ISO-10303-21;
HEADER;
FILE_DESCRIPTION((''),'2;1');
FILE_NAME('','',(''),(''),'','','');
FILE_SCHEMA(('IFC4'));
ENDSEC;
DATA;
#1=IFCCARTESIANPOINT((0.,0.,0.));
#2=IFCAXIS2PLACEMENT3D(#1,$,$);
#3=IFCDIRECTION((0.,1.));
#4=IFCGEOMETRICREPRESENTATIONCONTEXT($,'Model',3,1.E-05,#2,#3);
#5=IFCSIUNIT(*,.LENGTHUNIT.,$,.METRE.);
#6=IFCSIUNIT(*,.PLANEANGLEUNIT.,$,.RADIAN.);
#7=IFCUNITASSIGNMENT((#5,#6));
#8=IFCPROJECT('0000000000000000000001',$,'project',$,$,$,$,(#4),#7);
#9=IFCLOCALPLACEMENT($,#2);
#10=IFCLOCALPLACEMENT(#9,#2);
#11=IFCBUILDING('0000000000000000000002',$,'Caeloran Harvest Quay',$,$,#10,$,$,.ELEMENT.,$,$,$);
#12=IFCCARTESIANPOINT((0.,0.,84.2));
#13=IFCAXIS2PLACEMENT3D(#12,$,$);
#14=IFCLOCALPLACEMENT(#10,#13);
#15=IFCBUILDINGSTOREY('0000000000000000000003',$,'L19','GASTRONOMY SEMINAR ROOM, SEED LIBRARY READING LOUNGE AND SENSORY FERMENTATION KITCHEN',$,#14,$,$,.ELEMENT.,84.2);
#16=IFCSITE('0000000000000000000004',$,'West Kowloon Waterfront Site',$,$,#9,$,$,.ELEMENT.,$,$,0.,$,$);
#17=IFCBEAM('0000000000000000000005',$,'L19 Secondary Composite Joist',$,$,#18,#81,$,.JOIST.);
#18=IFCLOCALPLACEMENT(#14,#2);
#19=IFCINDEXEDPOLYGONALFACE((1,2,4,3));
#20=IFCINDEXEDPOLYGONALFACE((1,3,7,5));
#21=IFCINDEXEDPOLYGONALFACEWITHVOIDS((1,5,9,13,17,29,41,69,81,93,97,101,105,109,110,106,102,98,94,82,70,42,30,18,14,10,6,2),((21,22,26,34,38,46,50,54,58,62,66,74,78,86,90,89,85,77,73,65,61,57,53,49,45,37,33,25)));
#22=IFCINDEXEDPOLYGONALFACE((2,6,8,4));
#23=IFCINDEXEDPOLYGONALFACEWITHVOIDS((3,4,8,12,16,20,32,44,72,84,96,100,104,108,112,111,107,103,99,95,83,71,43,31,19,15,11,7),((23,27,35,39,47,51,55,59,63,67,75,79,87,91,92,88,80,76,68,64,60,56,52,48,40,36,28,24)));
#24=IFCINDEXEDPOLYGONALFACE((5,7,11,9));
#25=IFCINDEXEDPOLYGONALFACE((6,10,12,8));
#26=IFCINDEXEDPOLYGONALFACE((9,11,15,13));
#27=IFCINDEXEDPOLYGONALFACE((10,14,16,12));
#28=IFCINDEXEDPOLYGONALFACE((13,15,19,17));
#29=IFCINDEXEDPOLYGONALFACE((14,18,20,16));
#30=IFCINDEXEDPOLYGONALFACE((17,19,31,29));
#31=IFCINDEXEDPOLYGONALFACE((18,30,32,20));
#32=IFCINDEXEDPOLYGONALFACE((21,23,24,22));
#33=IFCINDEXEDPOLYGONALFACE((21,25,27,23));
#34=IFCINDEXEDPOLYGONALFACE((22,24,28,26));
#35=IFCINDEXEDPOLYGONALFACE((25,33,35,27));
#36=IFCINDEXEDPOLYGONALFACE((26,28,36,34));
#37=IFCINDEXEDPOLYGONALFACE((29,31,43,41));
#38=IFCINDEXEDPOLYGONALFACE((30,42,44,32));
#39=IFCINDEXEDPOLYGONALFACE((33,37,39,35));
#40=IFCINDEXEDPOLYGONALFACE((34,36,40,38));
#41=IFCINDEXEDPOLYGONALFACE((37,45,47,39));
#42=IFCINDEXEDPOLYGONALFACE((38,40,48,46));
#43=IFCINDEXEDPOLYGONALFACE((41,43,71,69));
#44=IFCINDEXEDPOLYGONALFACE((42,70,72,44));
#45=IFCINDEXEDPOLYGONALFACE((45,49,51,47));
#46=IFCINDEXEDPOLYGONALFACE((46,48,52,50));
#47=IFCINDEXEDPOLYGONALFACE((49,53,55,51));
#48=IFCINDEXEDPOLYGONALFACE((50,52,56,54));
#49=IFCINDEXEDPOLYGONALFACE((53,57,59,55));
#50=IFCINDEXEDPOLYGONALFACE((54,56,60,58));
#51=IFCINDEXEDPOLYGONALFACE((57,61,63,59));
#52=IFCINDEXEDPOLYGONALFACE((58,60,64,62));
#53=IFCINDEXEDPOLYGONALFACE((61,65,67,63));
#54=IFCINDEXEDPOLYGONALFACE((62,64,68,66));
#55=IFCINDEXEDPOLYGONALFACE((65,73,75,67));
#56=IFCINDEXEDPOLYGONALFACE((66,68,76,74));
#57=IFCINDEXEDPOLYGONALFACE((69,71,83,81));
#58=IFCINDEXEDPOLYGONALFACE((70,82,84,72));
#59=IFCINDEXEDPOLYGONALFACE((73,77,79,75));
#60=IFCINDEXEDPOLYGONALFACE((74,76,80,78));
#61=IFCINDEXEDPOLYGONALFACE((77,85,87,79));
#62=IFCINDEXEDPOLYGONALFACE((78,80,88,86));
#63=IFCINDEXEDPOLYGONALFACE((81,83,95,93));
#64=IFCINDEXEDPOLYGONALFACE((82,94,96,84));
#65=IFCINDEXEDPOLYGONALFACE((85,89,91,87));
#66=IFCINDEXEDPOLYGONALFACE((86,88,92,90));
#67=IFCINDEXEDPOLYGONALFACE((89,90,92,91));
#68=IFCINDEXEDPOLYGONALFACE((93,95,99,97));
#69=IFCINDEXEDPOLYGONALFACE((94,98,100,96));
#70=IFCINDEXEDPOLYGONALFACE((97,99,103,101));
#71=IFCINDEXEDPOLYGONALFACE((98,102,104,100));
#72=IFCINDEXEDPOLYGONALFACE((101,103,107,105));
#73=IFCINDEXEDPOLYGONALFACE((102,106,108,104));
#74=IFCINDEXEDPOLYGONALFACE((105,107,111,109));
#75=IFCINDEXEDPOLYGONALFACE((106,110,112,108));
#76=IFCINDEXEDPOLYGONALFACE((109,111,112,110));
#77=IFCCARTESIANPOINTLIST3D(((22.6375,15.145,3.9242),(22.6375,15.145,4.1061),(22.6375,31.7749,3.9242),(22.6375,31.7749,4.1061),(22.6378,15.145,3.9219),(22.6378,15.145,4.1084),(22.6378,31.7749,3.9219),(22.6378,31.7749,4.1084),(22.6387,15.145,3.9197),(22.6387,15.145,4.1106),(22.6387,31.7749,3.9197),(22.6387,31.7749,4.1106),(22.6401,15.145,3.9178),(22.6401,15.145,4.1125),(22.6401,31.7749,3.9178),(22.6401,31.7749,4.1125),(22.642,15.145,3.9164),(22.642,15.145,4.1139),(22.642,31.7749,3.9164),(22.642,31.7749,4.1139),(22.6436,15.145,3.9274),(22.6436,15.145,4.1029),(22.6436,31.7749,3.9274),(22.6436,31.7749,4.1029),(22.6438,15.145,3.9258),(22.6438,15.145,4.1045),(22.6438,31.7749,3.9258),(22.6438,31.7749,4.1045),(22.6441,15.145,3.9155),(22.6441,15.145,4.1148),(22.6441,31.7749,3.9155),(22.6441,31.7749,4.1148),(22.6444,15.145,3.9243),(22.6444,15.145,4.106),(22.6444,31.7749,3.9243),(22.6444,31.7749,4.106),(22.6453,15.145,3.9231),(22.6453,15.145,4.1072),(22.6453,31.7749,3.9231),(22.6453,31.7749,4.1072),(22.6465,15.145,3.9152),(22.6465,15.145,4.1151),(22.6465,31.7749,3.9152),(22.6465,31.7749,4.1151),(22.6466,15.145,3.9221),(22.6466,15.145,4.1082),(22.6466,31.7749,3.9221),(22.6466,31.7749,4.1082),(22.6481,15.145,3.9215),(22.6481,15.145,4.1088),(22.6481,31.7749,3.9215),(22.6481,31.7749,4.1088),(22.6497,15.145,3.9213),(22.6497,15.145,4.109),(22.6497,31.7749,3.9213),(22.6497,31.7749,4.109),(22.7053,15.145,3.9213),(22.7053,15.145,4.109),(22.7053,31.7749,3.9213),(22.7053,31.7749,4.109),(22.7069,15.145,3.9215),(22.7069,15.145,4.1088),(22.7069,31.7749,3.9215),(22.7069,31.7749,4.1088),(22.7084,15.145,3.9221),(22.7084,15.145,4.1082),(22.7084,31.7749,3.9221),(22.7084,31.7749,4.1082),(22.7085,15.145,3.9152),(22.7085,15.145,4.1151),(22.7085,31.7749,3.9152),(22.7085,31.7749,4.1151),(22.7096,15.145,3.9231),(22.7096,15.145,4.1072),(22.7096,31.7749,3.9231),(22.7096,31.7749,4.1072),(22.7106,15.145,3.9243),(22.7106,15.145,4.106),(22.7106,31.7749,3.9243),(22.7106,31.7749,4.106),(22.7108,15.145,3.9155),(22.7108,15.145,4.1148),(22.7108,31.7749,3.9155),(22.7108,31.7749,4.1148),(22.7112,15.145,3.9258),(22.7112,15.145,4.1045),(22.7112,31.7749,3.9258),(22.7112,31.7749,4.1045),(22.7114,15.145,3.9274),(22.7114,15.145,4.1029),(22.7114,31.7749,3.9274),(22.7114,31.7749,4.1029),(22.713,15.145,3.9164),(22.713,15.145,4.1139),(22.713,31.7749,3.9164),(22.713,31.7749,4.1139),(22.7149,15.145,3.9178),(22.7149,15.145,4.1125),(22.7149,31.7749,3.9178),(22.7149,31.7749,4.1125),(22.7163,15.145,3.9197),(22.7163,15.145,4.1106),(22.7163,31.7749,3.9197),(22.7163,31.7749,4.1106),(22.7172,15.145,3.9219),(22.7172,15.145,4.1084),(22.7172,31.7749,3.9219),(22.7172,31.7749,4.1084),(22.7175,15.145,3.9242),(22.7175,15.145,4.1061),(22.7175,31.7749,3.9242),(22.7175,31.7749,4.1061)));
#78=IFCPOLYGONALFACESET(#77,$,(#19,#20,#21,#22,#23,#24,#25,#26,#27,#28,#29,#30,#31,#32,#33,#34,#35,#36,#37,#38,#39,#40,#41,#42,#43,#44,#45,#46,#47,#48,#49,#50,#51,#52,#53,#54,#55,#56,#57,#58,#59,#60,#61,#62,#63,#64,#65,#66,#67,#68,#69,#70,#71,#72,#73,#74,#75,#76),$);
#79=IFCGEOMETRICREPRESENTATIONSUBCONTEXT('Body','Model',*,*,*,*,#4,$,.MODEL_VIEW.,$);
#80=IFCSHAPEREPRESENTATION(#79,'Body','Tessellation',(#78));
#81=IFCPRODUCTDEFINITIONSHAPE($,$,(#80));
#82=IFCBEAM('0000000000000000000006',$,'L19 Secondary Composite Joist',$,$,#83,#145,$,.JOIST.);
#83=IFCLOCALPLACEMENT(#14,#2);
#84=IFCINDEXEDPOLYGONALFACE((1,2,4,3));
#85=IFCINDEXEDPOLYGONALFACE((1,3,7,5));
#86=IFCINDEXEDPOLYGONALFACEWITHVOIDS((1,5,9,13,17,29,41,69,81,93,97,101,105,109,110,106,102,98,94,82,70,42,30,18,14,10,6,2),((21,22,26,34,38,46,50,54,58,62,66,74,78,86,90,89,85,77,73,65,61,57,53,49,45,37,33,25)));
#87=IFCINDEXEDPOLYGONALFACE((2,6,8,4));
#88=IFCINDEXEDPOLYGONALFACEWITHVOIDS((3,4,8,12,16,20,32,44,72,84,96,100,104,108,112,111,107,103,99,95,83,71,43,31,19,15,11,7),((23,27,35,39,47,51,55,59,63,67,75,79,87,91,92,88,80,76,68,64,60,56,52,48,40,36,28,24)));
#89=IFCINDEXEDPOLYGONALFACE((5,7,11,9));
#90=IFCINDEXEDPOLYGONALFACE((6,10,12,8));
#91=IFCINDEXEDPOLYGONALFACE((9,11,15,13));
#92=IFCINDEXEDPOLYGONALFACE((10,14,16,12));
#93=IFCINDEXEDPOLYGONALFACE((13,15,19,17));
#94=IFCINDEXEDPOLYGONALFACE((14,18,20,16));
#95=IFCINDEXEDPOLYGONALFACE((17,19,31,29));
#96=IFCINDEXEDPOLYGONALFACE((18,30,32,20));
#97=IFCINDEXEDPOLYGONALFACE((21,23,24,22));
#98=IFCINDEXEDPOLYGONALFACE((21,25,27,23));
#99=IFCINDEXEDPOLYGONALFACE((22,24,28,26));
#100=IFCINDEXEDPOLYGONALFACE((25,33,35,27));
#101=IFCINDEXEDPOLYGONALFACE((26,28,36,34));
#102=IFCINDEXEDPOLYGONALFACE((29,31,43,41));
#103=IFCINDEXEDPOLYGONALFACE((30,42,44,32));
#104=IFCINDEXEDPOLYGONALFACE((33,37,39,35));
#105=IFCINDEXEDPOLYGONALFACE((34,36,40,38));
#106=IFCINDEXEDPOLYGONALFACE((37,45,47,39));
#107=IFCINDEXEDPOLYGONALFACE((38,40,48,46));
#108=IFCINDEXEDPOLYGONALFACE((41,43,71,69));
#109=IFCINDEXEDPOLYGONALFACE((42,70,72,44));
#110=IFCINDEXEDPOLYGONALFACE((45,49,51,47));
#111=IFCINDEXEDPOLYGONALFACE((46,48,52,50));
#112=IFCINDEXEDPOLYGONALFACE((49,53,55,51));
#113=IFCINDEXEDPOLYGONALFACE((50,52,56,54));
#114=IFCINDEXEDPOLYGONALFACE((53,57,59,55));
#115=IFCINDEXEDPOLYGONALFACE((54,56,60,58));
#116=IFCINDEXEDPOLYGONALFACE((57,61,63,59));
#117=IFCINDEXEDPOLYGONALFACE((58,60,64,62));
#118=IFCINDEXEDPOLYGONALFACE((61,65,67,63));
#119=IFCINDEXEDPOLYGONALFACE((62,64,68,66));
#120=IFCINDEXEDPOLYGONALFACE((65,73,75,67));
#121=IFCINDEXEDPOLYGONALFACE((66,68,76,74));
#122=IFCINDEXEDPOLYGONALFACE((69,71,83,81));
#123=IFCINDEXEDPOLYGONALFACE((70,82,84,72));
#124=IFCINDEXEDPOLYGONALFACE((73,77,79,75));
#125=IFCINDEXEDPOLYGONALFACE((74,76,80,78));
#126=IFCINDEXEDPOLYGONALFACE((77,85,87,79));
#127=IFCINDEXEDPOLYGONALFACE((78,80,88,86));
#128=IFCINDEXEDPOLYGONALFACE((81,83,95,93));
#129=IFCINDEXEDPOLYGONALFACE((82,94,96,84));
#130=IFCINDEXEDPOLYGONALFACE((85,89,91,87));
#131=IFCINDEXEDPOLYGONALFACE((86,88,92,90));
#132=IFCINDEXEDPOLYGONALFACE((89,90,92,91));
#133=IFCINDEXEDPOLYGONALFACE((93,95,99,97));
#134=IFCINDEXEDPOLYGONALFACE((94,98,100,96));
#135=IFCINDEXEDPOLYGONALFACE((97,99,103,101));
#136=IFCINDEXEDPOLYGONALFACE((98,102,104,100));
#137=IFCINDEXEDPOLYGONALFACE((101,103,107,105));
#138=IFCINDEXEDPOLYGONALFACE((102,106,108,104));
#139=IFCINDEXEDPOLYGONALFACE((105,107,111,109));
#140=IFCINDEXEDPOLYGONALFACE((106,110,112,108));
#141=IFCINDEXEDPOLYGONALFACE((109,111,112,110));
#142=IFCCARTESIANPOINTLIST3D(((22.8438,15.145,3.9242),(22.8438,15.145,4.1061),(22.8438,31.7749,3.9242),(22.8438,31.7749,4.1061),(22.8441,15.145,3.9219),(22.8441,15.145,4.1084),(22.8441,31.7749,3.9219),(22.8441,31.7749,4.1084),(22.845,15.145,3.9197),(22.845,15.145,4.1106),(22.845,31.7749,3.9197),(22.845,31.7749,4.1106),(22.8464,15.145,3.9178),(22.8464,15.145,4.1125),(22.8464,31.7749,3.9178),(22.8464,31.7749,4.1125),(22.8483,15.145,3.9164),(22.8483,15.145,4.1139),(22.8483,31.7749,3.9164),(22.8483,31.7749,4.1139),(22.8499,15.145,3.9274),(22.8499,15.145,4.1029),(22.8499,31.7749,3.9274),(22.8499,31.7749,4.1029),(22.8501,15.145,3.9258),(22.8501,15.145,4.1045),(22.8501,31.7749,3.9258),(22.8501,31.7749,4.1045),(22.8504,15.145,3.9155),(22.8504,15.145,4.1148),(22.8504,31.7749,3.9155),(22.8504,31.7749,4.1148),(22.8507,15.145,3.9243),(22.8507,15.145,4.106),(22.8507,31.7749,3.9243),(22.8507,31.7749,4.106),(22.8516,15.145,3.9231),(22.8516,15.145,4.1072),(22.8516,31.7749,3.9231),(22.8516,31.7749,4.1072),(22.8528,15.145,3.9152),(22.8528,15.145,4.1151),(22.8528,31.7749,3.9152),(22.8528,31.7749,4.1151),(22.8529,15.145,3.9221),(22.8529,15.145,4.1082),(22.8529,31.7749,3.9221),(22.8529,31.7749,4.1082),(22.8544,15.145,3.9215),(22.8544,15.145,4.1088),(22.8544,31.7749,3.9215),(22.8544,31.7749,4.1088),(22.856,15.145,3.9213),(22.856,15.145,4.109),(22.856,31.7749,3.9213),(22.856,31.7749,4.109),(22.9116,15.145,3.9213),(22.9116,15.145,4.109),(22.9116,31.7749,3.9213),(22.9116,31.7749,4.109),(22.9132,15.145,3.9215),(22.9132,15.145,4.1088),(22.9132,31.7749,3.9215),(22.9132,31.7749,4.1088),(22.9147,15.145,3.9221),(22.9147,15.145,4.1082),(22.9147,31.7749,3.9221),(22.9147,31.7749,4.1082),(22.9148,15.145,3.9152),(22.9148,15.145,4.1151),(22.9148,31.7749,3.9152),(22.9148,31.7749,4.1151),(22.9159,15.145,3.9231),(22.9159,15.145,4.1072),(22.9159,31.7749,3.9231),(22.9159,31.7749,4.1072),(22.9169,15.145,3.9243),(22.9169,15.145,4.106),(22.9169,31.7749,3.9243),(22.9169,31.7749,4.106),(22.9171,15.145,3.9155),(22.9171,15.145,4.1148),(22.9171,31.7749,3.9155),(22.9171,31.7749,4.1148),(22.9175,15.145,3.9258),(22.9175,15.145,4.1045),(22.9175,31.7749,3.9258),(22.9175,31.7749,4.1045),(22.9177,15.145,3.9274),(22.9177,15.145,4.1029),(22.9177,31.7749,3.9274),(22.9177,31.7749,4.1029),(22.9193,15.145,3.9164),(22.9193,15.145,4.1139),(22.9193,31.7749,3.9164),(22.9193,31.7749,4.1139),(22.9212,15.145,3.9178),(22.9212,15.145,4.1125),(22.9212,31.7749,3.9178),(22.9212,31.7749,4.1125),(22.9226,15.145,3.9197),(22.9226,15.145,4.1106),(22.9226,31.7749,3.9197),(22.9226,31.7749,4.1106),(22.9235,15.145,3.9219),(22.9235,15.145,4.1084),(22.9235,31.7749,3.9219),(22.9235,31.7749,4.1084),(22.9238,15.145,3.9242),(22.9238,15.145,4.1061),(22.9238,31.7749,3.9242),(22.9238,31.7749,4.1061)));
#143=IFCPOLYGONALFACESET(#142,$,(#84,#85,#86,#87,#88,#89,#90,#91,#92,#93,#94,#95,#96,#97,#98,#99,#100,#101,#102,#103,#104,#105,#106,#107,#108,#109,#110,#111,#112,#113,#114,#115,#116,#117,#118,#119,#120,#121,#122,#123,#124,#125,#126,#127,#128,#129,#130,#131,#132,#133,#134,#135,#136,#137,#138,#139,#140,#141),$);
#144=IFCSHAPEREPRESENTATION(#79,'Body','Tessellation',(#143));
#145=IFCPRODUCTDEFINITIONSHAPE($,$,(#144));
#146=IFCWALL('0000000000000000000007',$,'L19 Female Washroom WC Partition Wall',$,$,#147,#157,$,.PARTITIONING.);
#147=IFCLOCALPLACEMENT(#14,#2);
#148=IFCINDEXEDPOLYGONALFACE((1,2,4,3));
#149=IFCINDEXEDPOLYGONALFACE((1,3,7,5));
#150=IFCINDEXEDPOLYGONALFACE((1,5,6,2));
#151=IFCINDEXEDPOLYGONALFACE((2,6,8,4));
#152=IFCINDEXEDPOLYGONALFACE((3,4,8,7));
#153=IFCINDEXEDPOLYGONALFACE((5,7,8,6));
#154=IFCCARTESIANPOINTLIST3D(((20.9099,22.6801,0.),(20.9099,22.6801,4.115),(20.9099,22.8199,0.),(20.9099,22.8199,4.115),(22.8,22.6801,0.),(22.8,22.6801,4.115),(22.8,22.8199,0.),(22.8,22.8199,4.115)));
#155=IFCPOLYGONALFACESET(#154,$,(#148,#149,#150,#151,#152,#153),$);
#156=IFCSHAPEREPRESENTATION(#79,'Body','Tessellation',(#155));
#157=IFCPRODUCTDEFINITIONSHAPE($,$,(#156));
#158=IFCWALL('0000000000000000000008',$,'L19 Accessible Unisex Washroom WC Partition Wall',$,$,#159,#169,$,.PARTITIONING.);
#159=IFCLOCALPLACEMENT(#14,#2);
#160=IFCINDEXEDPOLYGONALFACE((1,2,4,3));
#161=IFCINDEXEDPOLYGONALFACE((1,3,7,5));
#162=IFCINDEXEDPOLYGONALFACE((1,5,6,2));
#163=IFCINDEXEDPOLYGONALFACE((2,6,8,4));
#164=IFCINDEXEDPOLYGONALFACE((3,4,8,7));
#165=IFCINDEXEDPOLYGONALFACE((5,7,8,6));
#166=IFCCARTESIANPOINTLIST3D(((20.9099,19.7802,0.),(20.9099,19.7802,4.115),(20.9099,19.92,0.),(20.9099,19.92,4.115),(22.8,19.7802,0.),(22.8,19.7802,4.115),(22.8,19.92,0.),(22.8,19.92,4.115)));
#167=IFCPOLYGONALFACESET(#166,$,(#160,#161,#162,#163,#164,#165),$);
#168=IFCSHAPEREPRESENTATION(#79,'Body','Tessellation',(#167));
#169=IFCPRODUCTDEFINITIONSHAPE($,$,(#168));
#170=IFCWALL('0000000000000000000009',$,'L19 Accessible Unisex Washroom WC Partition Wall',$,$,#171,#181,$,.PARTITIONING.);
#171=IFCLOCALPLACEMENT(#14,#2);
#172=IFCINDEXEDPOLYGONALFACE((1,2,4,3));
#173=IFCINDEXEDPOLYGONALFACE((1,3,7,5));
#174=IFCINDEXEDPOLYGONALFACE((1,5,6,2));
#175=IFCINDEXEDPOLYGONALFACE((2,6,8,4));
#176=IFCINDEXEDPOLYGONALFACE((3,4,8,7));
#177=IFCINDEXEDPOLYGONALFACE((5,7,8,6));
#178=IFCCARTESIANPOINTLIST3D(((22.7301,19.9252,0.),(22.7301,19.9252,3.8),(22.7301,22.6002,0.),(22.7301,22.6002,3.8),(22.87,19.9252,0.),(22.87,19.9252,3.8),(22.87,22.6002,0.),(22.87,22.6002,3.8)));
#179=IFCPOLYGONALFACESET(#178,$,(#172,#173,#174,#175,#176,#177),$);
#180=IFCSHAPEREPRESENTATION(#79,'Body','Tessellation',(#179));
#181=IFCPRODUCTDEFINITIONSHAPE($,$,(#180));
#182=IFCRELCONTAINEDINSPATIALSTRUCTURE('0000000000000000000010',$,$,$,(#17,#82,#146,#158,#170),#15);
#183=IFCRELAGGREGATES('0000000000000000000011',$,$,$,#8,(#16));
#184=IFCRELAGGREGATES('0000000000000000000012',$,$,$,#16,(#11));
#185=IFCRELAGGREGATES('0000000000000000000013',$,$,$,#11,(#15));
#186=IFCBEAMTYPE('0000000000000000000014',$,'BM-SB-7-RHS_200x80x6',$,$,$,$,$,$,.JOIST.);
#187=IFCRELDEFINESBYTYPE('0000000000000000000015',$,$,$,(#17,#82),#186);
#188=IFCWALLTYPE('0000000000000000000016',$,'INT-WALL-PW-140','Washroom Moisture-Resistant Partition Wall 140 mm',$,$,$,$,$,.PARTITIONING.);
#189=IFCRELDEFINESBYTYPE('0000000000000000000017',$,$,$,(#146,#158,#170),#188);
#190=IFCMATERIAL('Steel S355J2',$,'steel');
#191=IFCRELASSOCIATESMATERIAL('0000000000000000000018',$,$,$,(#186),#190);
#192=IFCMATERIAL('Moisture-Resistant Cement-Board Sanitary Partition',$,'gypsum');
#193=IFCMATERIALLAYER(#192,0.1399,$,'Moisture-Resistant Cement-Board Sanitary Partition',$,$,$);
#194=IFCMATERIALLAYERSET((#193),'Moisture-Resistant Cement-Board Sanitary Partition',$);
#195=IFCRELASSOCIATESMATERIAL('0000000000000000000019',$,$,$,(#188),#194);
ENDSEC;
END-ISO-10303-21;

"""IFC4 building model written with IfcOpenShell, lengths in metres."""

from ifc_helpers import new_model, si_unit, direction, frame, frame_2d, origin, origin_2d, place, context, subcontext, project, spatial, rectangle, hollow_rectangle, extrude, material, layer, layer_set, material_profile, profile_set, type_object, element, save


model = new_model("IFC4")

# Units and contexts
model_context = context("Model", 3, precision=1e-05, world=origin(), true_north=direction((0.0, 1.0)))
body_context = subcontext(model_context, "Body", "Model", "MODEL_VIEW")
ifc_project = project(units=[si_unit("LENGTHUNIT", "METRE"), si_unit("PLANEANGLEUNIT", "RADIAN")], contexts=[model_context])

# Site, building, storey
site_placement = place(None, origin())
site = spatial("IfcSite", under=ifc_project, at=site_placement, Name="West Kowloon Waterfront Site", CompositionType="ELEMENT", RefElevation=0.0)
building_placement = place(site_placement, origin())
building = spatial("IfcBuilding", under=site, at=building_placement, Name="Caeloran Harvest Quay", CompositionType="ELEMENT")
storey_placement = place(building_placement, frame((0.0, 0.0, 84.2)))
storey = spatial("IfcBuildingStorey", under=building, at=storey_placement, Name="L19", Description="GASTRONOMY SEMINAR ROOM, SEED LIBRARY READING LOUNGE AND SENSORY FERMENTATION KITCHEN", CompositionType="ELEMENT", Elevation=84.2)

# Beams
ifc_material_1 = material(Name="Steel S355J2", Category="steel")
ifc_material_profile_1 = material_profile(ifc_material_1, hollow_rectangle(XDim=0.0801, YDim=0.2, WallThickness=0.0061, InnerFilletRadius=0.0061, OuterFilletRadius=0.009, at=origin_2d()), Name="RHS 200x80x6")
ifc_profile_set_1 = profile_set([ifc_material_profile_1], Name="Steel S355J2")
beam_type_1 = type_object("IfcBeamType", Name="BM-SB-7-RHS_200x80x6", PredefinedType="JOIST", material=ifc_profile_set_1)
for number, where, z_axis, x_axis, name in (
    (1, (22.6775, 15.145, 4.0151), (0.0, 1.0, 0.0), (-1.0, 0.0, 0.0), "L19 Secondary Composite Joist"),
    (2, (22.8838, 15.145, 4.0151), (0.0, 1.0, 0.0), (-1.0, 0.0, 0.0), "L19 Secondary Composite Joist"),
):
    element("IfcBeam", number, at=place(storey_placement, frame(where, z_axis=z_axis, x_axis=x_axis)), inside=storey, type_object=beam_type_1, Name=name, PredefinedType="JOIST", context=body_context, shape_type="SweptSolid", body=[
        extrude(hollow_rectangle(XDim=0.0801, YDim=0.2, WallThickness=0.0061, InnerFilletRadius=0.0061, OuterFilletRadius=0.009, at=origin_2d()), origin(), (0.0, 0.0, 1.0), 16.6299),
    ])

# Wall
ifc_material_2 = material(Name="Moisture-Resistant Cement-Board Sanitary Partition", Category="gypsum")
ifc_layer_1 = layer(ifc_material_2, 0.1399, Name="Moisture-Resistant Cement-Board Sanitary Partition")
ifc_layer_set_1 = layer_set([ifc_layer_1], Name="Moisture-Resistant Cement-Board Sanitary Partition")
wall_type_1 = type_object("IfcWallType", Name="INT-WALL-PW-140", Description="Washroom Moisture-Resistant Partition Wall 140 mm", PredefinedType="PARTITIONING", material=ifc_layer_set_1)
wall_1_placement = place(storey_placement, frame((22.8, 22.75, 0.0), z_axis=(0.0, 0.0, 1.0), x_axis=(-1.0, 0.0, 0.0)))
element("IfcWall", 3, at=wall_1_placement, inside=storey, type_object=wall_type_1, Name="L19 Female Washroom WC Partition Wall", PredefinedType="PARTITIONING", context=body_context, shape_type="SweptSolid", body=[
    extrude(rectangle(XDim=1.8901, YDim=0.1399, at=frame_2d((0.9451, 0.0))), origin(), (0.0, 0.0, 1.0), 4.115),
])

# Wall
wall_2_placement = place(storey_placement, frame((22.8, 19.8501, 0.0), z_axis=(0.0, 0.0, 1.0), x_axis=(-1.0, 0.0, 0.0)))
element("IfcWall", 4, at=wall_2_placement, inside=storey, type_object=wall_type_1, Name="L19 Accessible Unisex Washroom WC Partition Wall", PredefinedType="PARTITIONING", context=body_context, shape_type="SweptSolid", body=[
    extrude(rectangle(XDim=1.8901, YDim=0.1399, at=frame_2d((0.9451, 0.0))), origin(), (0.0, 0.0, 1.0), 4.115),
])

# Wall
wall_3_placement = place(storey_placement, frame((22.8, 22.6001, 0.0), z_axis=(0.0, 0.0, 1.0), x_axis=(0.0, -1.0, 0.0)))
element("IfcWall", 5, at=wall_3_placement, inside=storey, type_object=wall_type_1, Name="L19 Accessible Unisex Washroom WC Partition Wall", PredefinedType="PARTITIONING", context=body_context, shape_type="SweptSolid", body=[
    extrude(rectangle(XDim=2.675, YDim=0.1399, at=frame_2d((1.3374, 0.0))), origin(), (0.0, 0.0, 1.0), 3.8),
])

save(model, "model.ifc")
